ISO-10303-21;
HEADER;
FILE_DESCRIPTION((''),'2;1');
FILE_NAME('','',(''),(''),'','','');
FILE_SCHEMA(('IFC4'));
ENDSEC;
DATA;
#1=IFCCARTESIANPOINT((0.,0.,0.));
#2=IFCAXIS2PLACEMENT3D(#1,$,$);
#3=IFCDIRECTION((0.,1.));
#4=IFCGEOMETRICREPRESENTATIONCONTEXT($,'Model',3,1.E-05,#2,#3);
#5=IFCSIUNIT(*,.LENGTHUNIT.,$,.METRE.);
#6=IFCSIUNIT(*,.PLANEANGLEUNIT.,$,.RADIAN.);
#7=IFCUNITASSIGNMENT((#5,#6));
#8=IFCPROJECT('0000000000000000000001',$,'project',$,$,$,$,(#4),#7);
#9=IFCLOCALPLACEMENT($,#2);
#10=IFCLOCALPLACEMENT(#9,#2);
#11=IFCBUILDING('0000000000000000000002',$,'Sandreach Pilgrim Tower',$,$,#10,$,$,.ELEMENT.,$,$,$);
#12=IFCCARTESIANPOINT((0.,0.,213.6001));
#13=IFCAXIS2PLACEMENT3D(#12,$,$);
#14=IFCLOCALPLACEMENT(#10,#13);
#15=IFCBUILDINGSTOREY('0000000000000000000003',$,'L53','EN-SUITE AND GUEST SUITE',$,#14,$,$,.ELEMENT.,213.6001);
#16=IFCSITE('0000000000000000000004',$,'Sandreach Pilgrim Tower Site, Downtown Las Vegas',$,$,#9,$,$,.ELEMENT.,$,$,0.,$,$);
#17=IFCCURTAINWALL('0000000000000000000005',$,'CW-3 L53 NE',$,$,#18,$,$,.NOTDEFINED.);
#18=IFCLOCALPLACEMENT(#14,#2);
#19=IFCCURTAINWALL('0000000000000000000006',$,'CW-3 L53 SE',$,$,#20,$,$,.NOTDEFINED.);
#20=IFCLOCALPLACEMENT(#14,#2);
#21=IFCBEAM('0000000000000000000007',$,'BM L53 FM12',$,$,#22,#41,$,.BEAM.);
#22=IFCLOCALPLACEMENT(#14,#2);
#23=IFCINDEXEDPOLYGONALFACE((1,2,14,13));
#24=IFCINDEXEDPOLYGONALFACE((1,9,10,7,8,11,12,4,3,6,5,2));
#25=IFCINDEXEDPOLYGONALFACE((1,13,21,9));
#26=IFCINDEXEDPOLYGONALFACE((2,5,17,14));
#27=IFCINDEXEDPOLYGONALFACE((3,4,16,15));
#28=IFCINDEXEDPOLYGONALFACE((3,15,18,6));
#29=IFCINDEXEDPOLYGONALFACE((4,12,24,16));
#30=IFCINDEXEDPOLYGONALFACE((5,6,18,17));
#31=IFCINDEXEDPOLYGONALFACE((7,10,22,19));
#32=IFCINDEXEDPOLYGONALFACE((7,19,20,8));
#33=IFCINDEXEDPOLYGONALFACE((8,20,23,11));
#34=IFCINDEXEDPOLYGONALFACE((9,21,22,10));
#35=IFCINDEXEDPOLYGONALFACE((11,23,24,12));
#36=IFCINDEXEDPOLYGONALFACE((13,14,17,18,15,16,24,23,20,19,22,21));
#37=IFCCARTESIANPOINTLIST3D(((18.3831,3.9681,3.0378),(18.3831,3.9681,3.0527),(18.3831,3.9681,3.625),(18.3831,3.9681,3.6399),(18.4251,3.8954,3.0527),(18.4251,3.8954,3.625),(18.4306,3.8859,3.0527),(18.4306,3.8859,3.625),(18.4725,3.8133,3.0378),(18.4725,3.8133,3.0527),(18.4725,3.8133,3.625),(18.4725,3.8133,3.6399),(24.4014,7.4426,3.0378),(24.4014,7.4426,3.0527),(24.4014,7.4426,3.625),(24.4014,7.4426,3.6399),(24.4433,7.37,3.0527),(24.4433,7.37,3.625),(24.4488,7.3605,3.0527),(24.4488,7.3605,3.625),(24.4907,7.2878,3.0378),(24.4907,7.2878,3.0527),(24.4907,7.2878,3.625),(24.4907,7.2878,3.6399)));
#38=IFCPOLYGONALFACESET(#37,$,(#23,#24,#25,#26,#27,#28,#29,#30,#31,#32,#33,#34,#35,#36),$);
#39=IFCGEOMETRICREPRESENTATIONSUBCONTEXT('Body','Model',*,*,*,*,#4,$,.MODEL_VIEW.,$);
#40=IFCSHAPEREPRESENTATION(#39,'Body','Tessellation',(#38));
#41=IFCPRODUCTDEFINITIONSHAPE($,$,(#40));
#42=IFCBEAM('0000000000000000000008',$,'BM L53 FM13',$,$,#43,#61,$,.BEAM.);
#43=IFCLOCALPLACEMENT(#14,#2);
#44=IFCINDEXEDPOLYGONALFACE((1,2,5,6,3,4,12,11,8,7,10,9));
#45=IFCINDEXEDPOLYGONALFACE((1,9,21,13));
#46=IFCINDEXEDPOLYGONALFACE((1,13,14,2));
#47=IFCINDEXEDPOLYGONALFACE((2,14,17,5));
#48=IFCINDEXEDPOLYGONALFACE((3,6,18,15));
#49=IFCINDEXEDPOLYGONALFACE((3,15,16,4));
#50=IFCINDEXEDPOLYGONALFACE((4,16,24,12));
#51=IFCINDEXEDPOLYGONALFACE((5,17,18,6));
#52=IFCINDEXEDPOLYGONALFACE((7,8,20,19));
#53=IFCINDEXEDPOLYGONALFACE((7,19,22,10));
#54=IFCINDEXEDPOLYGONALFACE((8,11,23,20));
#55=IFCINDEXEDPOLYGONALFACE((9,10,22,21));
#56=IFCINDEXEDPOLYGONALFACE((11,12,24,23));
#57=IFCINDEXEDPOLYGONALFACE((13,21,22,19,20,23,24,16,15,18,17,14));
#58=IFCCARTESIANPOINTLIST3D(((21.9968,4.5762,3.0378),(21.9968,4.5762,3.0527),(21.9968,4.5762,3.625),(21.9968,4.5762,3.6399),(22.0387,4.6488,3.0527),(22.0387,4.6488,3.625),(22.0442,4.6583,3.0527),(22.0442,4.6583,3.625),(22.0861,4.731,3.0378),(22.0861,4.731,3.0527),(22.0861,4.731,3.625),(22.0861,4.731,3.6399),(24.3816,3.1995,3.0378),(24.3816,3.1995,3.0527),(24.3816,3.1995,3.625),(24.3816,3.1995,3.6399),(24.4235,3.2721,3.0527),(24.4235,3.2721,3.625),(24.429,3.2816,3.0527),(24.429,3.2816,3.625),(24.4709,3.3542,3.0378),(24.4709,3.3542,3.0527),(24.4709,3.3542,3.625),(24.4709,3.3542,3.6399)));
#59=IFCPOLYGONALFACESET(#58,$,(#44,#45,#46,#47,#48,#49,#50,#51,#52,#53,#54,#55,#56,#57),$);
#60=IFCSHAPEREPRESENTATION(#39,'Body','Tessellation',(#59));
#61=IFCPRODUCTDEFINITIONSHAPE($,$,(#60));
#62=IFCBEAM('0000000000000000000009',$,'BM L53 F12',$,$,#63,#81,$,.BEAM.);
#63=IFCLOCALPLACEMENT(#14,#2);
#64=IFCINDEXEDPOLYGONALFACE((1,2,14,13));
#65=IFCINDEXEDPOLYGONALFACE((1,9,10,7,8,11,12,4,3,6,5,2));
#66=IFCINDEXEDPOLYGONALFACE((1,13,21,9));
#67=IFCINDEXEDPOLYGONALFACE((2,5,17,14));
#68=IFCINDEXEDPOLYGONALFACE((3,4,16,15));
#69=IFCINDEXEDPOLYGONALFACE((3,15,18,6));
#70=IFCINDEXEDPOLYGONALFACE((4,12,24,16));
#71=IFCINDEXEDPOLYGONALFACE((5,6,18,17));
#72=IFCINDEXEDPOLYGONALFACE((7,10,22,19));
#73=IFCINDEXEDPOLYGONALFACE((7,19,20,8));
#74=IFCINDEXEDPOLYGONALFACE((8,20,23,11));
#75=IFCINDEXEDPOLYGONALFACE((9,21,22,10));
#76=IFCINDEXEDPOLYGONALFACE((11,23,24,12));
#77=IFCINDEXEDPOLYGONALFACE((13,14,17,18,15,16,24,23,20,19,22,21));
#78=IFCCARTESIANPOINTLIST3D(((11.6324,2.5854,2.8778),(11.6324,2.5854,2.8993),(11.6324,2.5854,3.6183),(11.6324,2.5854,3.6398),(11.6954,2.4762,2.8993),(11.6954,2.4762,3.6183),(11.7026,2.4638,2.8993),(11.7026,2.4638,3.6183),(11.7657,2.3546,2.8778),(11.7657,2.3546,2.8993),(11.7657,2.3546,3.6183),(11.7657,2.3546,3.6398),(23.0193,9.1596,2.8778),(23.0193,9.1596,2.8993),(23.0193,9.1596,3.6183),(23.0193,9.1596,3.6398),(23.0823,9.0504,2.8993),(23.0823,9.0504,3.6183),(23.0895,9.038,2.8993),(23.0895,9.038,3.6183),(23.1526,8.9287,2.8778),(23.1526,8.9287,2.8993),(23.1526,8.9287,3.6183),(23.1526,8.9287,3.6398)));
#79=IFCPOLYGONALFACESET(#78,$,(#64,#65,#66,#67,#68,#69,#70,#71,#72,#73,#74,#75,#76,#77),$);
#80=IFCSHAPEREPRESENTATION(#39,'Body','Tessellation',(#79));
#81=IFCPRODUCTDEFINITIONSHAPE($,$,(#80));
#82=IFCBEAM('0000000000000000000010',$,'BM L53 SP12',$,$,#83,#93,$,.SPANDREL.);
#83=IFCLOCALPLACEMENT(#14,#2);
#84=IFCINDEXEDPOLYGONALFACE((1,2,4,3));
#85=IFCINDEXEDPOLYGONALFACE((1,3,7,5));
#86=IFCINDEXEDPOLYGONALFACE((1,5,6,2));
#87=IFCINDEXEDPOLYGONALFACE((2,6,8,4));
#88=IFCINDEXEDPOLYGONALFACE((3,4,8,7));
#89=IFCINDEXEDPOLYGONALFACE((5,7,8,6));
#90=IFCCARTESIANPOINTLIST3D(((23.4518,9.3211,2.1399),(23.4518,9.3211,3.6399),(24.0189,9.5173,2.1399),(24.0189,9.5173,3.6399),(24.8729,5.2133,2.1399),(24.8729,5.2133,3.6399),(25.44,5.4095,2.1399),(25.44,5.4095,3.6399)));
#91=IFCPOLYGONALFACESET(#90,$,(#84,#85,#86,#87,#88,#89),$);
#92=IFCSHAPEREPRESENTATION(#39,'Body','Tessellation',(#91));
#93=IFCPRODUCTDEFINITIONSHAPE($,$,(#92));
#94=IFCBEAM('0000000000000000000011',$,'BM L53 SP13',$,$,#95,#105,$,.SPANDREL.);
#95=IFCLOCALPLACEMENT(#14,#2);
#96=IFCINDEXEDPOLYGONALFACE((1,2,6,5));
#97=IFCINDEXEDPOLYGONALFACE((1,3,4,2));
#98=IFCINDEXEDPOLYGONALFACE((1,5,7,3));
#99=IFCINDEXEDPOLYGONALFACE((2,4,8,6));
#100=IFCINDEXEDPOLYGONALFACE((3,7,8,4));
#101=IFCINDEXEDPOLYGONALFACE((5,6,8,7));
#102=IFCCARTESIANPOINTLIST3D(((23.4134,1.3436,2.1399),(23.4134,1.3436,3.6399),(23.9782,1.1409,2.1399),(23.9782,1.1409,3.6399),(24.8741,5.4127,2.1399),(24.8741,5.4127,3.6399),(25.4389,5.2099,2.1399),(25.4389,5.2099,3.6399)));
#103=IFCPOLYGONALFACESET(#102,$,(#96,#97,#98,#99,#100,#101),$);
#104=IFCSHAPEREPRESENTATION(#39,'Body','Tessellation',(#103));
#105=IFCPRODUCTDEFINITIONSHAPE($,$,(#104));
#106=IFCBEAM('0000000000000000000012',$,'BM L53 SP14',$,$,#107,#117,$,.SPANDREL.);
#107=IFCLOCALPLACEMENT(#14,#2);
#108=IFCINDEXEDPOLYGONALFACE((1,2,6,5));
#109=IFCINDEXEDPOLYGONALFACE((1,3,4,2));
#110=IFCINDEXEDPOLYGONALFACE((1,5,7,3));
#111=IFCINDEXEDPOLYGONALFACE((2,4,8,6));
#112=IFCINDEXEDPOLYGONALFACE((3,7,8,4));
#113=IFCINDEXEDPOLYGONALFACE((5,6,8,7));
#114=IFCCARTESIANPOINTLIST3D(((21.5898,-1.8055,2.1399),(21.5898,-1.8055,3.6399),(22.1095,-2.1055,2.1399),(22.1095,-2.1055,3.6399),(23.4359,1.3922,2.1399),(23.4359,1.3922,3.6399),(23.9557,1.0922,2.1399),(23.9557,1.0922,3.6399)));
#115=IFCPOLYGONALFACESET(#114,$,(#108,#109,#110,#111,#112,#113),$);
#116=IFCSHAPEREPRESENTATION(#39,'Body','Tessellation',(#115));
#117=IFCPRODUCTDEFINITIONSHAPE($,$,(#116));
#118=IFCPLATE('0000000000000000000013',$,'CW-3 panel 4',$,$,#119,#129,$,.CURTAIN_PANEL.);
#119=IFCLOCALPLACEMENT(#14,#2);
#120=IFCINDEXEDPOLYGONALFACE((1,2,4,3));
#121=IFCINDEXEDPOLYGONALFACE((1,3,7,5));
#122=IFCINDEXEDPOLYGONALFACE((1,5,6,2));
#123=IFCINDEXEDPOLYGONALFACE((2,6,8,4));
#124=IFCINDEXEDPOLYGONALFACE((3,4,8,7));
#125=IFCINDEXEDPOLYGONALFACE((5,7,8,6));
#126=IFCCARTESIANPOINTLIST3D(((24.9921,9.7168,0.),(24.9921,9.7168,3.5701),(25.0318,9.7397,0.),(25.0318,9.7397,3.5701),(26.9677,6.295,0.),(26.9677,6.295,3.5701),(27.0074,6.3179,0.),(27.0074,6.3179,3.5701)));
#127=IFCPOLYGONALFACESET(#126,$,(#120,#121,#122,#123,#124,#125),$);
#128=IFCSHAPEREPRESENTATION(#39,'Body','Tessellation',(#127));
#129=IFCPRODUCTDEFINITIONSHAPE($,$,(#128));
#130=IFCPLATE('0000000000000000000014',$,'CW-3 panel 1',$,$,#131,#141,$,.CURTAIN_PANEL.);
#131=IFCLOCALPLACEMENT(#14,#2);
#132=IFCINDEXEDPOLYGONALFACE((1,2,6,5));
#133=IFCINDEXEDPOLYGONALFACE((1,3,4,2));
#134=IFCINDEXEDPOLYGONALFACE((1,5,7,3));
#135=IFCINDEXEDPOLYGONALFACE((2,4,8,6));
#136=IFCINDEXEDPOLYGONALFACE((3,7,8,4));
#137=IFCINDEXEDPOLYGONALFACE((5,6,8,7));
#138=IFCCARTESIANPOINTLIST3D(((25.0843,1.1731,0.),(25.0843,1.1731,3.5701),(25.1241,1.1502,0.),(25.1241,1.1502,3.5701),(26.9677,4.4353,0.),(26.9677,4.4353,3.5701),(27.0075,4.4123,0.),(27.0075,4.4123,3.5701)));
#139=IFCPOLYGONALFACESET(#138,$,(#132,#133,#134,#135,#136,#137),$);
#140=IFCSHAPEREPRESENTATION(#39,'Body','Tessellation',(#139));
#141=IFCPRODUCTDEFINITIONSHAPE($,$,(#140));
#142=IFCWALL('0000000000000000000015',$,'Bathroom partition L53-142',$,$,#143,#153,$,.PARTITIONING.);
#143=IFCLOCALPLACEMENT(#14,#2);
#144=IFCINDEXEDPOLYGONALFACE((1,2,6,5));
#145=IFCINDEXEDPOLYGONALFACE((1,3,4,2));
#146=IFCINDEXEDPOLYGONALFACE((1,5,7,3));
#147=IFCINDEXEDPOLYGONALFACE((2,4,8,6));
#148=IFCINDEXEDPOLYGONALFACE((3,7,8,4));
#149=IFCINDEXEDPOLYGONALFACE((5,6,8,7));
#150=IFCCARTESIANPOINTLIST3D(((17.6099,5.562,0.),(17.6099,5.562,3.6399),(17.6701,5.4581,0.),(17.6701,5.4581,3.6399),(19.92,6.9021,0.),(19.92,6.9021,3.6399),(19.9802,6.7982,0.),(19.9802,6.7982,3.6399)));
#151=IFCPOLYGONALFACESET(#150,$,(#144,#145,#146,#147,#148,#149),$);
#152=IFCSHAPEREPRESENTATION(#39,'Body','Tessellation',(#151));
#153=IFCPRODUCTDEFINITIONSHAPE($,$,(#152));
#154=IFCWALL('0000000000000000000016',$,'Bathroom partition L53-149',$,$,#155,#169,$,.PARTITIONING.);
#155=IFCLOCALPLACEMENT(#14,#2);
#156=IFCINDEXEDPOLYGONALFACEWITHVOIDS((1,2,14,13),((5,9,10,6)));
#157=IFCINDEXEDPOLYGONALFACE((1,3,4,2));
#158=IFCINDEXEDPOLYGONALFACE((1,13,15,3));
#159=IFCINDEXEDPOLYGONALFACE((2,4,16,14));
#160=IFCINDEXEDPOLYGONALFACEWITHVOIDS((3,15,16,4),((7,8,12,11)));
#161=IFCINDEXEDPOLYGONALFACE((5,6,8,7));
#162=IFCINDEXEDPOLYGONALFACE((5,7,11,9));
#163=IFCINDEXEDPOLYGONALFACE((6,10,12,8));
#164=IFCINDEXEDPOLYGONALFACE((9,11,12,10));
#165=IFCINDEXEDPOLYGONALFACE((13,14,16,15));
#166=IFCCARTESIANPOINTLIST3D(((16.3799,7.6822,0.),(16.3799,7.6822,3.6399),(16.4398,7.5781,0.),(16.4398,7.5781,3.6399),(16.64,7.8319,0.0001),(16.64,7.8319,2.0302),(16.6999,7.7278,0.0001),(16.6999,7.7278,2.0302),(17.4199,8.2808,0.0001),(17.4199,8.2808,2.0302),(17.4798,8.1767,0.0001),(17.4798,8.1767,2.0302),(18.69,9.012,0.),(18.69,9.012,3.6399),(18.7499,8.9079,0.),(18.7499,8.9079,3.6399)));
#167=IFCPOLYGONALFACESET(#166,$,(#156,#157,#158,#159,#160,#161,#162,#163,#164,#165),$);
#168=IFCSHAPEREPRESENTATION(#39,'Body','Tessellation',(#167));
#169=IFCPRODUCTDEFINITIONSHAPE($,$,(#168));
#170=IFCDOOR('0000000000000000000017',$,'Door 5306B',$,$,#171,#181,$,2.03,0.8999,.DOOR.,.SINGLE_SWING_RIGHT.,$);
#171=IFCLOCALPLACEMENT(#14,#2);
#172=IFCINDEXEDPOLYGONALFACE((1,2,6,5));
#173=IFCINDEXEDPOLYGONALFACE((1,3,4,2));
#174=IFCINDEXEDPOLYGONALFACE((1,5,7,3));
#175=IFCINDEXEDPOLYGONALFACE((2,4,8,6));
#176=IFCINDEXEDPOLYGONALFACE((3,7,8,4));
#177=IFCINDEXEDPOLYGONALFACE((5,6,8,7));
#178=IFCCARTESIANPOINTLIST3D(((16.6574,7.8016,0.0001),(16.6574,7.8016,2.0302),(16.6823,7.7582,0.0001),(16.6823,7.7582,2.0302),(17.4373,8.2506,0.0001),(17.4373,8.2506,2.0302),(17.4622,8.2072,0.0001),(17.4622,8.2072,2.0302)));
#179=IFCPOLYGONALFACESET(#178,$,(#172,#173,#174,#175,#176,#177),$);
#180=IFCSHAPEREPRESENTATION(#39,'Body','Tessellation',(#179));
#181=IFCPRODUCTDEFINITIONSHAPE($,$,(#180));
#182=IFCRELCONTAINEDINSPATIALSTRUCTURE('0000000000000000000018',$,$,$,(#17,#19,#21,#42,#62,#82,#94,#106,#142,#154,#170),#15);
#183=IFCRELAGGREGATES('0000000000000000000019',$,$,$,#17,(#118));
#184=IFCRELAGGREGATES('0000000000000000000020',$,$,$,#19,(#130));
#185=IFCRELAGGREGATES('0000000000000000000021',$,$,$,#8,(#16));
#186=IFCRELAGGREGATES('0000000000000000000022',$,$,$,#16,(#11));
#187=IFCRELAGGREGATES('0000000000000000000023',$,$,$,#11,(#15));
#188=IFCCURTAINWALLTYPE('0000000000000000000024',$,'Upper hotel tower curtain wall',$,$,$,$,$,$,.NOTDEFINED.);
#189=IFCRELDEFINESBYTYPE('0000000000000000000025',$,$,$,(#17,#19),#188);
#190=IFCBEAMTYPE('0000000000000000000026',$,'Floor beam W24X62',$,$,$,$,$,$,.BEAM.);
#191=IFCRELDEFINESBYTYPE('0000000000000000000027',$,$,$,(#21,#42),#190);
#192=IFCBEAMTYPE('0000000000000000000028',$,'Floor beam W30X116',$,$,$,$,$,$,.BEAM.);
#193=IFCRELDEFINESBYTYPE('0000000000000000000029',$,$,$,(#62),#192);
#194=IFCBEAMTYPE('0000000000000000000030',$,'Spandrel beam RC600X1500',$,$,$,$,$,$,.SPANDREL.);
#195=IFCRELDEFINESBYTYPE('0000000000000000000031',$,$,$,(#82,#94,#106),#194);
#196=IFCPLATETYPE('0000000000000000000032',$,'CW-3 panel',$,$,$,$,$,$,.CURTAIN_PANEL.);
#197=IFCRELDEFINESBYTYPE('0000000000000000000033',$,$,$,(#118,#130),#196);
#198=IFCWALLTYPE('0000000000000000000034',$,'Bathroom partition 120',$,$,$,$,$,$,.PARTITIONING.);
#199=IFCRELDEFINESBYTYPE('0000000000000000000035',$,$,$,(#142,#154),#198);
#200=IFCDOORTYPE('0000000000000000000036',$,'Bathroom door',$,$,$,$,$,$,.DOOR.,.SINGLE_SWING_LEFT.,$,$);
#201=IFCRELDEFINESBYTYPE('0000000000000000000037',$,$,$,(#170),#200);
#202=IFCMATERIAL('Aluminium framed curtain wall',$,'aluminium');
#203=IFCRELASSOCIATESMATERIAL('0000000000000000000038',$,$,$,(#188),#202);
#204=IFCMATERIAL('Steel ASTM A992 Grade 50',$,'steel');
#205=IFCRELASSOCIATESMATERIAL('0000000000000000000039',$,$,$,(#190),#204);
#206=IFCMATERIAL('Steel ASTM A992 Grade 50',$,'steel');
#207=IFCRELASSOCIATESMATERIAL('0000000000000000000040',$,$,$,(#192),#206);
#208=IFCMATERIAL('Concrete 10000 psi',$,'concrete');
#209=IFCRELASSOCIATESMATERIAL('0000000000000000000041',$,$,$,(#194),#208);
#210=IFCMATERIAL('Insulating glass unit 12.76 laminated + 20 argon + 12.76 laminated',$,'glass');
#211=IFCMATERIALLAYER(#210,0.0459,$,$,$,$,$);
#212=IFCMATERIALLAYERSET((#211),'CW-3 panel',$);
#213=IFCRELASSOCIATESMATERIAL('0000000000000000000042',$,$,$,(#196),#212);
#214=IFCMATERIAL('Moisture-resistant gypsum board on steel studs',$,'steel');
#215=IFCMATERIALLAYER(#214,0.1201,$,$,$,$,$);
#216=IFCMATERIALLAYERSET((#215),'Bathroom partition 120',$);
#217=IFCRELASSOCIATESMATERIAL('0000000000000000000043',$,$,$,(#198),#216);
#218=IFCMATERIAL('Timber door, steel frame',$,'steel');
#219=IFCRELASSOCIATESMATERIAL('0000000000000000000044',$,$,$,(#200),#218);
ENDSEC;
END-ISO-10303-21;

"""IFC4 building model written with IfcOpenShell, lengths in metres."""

from ifc_helpers import new_model, si_unit, direction, frame, frame_2d, origin, origin_2d, place, context, subcontext, project, spatial, rectangle, i_section, extrude, material, layer, layer_set, material_profile, profile_set, type_object, element, fill, aggregate, save


model = new_model("IFC4")

# Units and contexts
model_context = context("Model", 3, precision=1e-05, world=origin(), true_north=direction((0.0, 1.0)))
body_context = subcontext(model_context, "Body", "Model", "MODEL_VIEW")
ifc_project = project(units=[si_unit("LENGTHUNIT", "METRE"), si_unit("PLANEANGLEUNIT", "RADIAN")], contexts=[model_context])

# Site, building, storey
site_placement = place(None, origin())
site = spatial("IfcSite", under=ifc_project, at=site_placement, Name="Sandreach Pilgrim Tower Site, Downtown Las Vegas", CompositionType="ELEMENT", RefElevation=0.0)
building_placement = place(site_placement, origin())
building = spatial("IfcBuilding", under=site, at=building_placement, Name="Sandreach Pilgrim Tower", CompositionType="ELEMENT")
storey_placement = place(building_placement, frame((0.0, 0.0, 213.6001)))
storey = spatial("IfcBuildingStorey", under=building, at=storey_placement, Name="L53", Description="EN-SUITE AND GUEST SUITE", CompositionType="ELEMENT", Elevation=213.6001)

# Curtain wall
ifc_material_1 = material(Name="Aluminium framed curtain wall", Category="aluminium")
curtain_wall_type = type_object("IfcCurtainWallType", Name="Upper hotel tower curtain wall", PredefinedType="NOTDEFINED", material=ifc_material_1)
curtain_wall_1_placement = place(storey_placement, origin())
curtain_wall_1 = element("IfcCurtainWall", 1, at=curtain_wall_1_placement, inside=storey, type_object=curtain_wall_type, Name="CW-3 L53 NE", PredefinedType="NOTDEFINED")

# Curtain wall
curtain_wall_2_placement = place(storey_placement, origin())
curtain_wall_2 = element("IfcCurtainWall", 2, at=curtain_wall_2_placement, inside=storey, type_object=curtain_wall_type, Name="CW-3 L53 SE", PredefinedType="NOTDEFINED")

# Beams
ifc_material_2 = material(Name="Steel ASTM A992 Grade 50", Category="steel")
ifc_material_profile_1 = material_profile(ifc_material_2, i_section(OverallWidth=0.1787, OverallDepth=0.6021, WebThickness=0.011, FlangeThickness=0.0149, at=origin_2d()), Name="W24X62")
ifc_profile_set_1 = profile_set([ifc_material_profile_1], Name="Steel ASTM A992 Grade 50")
beam_type_1 = type_object("IfcBeamType", Name="Floor beam W24X62", PredefinedType="BEAM", material=ifc_profile_set_1)
beam_1_placement = place(storey_placement, frame((24.446, 7.3652, 3.3389), z_axis=(-0.866029, -0.499993, 0.0), x_axis=(0.499993, -0.866029, 0.0)))
element("IfcBeam", 3, at=beam_1_placement, inside=storey, type_object=beam_type_1, Name="BM L53 FM12", PredefinedType="BEAM", context=body_context, shape_type="SweptSolid", body=[
    extrude(i_section(OverallWidth=0.1787, OverallDepth=0.6021, WebThickness=0.011, FlangeThickness=0.0149, at=origin_2d()), origin(), (0.0, 0.0, 1.0), 6.9492),
])
beam_2_placement = place(storey_placement, frame((24.4263, 3.2769, 3.3389), z_axis=(-0.866047, 0.499963, 0.0), x_axis=(-0.499963, -0.866047, 0.0)))
element("IfcBeam", 4, at=beam_2_placement, inside=storey, type_object=beam_type_1, Name="BM L53 FM13", PredefinedType="BEAM", context=body_context, shape_type="SweptSolid", body=[
    extrude(i_section(OverallWidth=0.1787, OverallDepth=0.6021, WebThickness=0.011, FlangeThickness=0.0149, at=origin_2d()), origin(), (0.0, 0.0, 1.0), 2.7537),
])
ifc_material_3 = material(Name="Steel ASTM A992 Grade 50", Category="steel")
ifc_material_profile_2 = material_profile(ifc_material_3, i_section(OverallWidth=0.2666, OverallDepth=0.762, WebThickness=0.0144, FlangeThickness=0.0215, at=origin_2d()), Name="W30X116")
ifc_profile_set_2 = profile_set([ifc_material_profile_2], Name="Steel ASTM A992 Grade 50")
beam_type_2 = type_object("IfcBeamType", Name="Floor beam W30X116", PredefinedType="BEAM", material=ifc_profile_set_2)
beam_3_placement = place(storey_placement, frame((23.0859, 9.0442, 3.2588), z_axis=(-0.866027, -0.499997, 0.0), x_axis=(0.499997, -0.866027, 0.0)))
element("IfcBeam", 5, at=beam_3_placement, inside=storey, type_object=beam_type_2, Name="BM L53 F12", PredefinedType="BEAM", context=body_context, shape_type="SweptSolid", body=[
    extrude(i_section(OverallWidth=0.2666, OverallDepth=0.762, WebThickness=0.0144, FlangeThickness=0.0215, at=origin_2d()), origin(), (0.0, 0.0, 1.0), 13.1484),
])
ifc_material_4 = material(Name="Concrete 10000 psi", Category="concrete")
ifc_material_profile_3 = material_profile(ifc_material_4, rectangle(XDim=0.6001, YDim=1.5, at=origin_2d()), Name="RC600X1500")
ifc_profile_set_3 = profile_set([ifc_material_profile_3], Name="Concrete 10000 psi")
beam_type_3 = type_object("IfcBeamType", Name="Spandrel beam RC600X1500", PredefinedType="SPANDREL", material=ifc_profile_set_3)
beam_4_placement = place(storey_placement, frame((23.7354, 9.4192, 2.8899), z_axis=(0.326941, -0.945045, 0.0), x_axis=(0.945045, 0.326941, 0.0)))
element("IfcBeam", 6, at=beam_4_placement, inside=storey, type_object=beam_type_3, Name="BM L53 SP12", PredefinedType="SPANDREL", context=body_context, shape_type="SweptSolid", body=[
    extrude(rectangle(XDim=0.6001, YDim=1.5, at=origin_2d()), origin(), (0.0, 0.0, 1.0), 4.3467),
])
beam_5_placement = place(storey_placement, frame((25.1565, 5.3113, 2.8899), z_axis=(-0.337863, -0.941195, 0.0), x_axis=(0.941195, -0.337863, 0.0)))
element("IfcBeam", 7, at=beam_5_placement, inside=storey, type_object=beam_type_3, Name="BM L53 SP13", PredefinedType="SPANDREL", context=body_context, shape_type="SweptSolid", body=[
    extrude(rectangle(XDim=0.6001, YDim=1.5, at=origin_2d()), origin(), (0.0, 0.0, 1.0), 4.3232),
])
beam_6_placement = place(storey_placement, frame((23.6958, 1.2422, 2.8899), z_axis=(-0.499993, -0.866029, 0.0), x_axis=(0.866029, -0.499993, 0.0)))
element("IfcBeam", 8, at=beam_6_placement, inside=storey, type_object=beam_type_3, Name="BM L53 SP14", PredefinedType="SPANDREL", context=body_context, shape_type="SweptSolid", body=[
    extrude(rectangle(XDim=0.6001, YDim=1.5, at=origin_2d()), origin(), (0.0, 0.0, 1.0), 3.6924),
])

# Plates
ifc_material_5 = material(Name="Insulating glass unit 12.76 laminated + 20 argon + 12.76 laminated", Category="glass")
ifc_layer_1 = layer(ifc_material_5, 0.0459)
ifc_layer_set_1 = layer_set([ifc_layer_1], Name="CW-3 panel")
plate_type = type_object("IfcPlateType", Name="CW-3 panel", PredefinedType="CURTAIN_PANEL", material=ifc_layer_set_1)
plate_1_placement = place(storey_placement, frame((25.9998, 8.0173, 0.0), z_axis=(0.0, 0.0, 1.0), x_axis=(0.5, -0.866025, 0.0)))
plate_1 = element("IfcPlate", 9, at=plate_1_placement, type_object=plate_type, Name="CW-3 panel 4", PredefinedType="CURTAIN_PANEL", context=body_context, shape_type="SweptSolid", body=[
    extrude(rectangle(XDim=3.9512, YDim=0.0459, at=origin_2d()), origin(), (0.0, 0.0, 1.0), 3.5701),
])
aggregate(curtain_wall_1, [plate_1])
plate_2_placement = place(storey_placement, frame((26.0459, 2.7927, 0.0), z_axis=(0.0, 0.0, 1.0), x_axis=(-0.5, -0.866025, 0.0)))
plate_2 = element("IfcPlate", 10, at=plate_2_placement, type_object=plate_type, Name="CW-3 panel 1", PredefinedType="CURTAIN_PANEL", context=body_context, shape_type="SweptSolid", body=[
    extrude(rectangle(XDim=3.7668, YDim=0.0459, at=origin_2d()), origin(), (0.0, 0.0, 1.0), 3.5701),
])
aggregate(curtain_wall_2, [plate_2])

# Wall
ifc_material_6 = material(Name="Moisture-resistant gypsum board on steel studs", Category="steel")
ifc_layer_2 = layer(ifc_material_6, 0.1201)
ifc_layer_set_2 = layer_set([ifc_layer_2], Name="Bathroom partition 120")
wall_type_1 = type_object("IfcWallType", Name="Bathroom partition 120", PredefinedType="PARTITIONING", material=ifc_layer_set_2)
wall_1_placement = place(storey_placement, frame((17.6399, 5.51, 0.0), z_axis=(0.0, 0.0, 1.0), x_axis=(0.86499, 0.501789, 0.0)))
element("IfcWall", 11, at=wall_1_placement, inside=storey, type_object=wall_type_1, Name="Bathroom partition L53-142", PredefinedType="PARTITIONING", context=body_context, shape_type="SweptSolid", body=[
    extrude(rectangle(XDim=2.6707, YDim=0.1201, at=frame_2d((1.3354, 0.0))), origin(), (0.0, 0.0, 1.0), 3.6399),
])

# Wall, opening, door
wall_2_placement = place(storey_placement, frame((18.72, 8.96, 0.0), z_axis=(0.0, 0.0, 1.0), x_axis=(-0.866655, -0.498908, 0.0)))
wall_2 = element("IfcWall", 12, at=wall_2_placement, inside=storey, type_object=wall_type_1, Name="Bathroom partition L53-149", PredefinedType="PARTITIONING", context=body_context, shape_type="SweptSolid", body=[
    extrude(rectangle(XDim=2.6655, YDim=0.1201, at=frame_2d((1.3328, 0.0))), origin(), (0.0, 0.0, 1.0), 3.6399),
])
opening_1_placement = place(wall_2_placement, frame((1.4656, 0.0, 0.0)))
opening_1 = element("IfcOpeningElement", 13, at=opening_1_placement, cuts=wall_2, PredefinedType="OPENING", context=body_context, shape_type="SweptSolid", body=[
    extrude(rectangle(XDim=0.8999, YDim=2.03, at=frame_2d((0.45, 1.0151))), frame((0.0, 0.0601, 0.0), z_axis=(0.0, -1.0, 0.0), x_axis=(1.0, 0.0, 0.0)), (0.0, 0.0, 1.0), 0.1201),
])
ifc_material_7 = material(Name="Timber door, steel frame", Category="steel")
door_type = type_object("IfcDoorType", Name="Bathroom door", OperationType="SINGLE_SWING_LEFT", PredefinedType="DOOR", material=ifc_material_7)
door_1_placement = place(opening_1_placement, origin())
door_1 = element("IfcDoor", 14, at=door_1_placement, inside=storey, type_object=door_type, Name="Door 5306B", OperationType="SINGLE_SWING_RIGHT", OverallHeight=2.03, OverallWidth=0.8999, PredefinedType="DOOR", context=body_context, shape_type="SweptSolid", body=[
    extrude(rectangle(XDim=0.8999, YDim=2.03, at=frame_2d((0.45, 1.0151))), frame((0.0, 0.0249, 0.0), z_axis=(0.0, -1.0, 0.0), x_axis=(1.0, 0.0, 0.0)), (0.0, 0.0, 1.0), 0.05),
])
fill(opening_1, door_1)

save(model, "model.ifc")
